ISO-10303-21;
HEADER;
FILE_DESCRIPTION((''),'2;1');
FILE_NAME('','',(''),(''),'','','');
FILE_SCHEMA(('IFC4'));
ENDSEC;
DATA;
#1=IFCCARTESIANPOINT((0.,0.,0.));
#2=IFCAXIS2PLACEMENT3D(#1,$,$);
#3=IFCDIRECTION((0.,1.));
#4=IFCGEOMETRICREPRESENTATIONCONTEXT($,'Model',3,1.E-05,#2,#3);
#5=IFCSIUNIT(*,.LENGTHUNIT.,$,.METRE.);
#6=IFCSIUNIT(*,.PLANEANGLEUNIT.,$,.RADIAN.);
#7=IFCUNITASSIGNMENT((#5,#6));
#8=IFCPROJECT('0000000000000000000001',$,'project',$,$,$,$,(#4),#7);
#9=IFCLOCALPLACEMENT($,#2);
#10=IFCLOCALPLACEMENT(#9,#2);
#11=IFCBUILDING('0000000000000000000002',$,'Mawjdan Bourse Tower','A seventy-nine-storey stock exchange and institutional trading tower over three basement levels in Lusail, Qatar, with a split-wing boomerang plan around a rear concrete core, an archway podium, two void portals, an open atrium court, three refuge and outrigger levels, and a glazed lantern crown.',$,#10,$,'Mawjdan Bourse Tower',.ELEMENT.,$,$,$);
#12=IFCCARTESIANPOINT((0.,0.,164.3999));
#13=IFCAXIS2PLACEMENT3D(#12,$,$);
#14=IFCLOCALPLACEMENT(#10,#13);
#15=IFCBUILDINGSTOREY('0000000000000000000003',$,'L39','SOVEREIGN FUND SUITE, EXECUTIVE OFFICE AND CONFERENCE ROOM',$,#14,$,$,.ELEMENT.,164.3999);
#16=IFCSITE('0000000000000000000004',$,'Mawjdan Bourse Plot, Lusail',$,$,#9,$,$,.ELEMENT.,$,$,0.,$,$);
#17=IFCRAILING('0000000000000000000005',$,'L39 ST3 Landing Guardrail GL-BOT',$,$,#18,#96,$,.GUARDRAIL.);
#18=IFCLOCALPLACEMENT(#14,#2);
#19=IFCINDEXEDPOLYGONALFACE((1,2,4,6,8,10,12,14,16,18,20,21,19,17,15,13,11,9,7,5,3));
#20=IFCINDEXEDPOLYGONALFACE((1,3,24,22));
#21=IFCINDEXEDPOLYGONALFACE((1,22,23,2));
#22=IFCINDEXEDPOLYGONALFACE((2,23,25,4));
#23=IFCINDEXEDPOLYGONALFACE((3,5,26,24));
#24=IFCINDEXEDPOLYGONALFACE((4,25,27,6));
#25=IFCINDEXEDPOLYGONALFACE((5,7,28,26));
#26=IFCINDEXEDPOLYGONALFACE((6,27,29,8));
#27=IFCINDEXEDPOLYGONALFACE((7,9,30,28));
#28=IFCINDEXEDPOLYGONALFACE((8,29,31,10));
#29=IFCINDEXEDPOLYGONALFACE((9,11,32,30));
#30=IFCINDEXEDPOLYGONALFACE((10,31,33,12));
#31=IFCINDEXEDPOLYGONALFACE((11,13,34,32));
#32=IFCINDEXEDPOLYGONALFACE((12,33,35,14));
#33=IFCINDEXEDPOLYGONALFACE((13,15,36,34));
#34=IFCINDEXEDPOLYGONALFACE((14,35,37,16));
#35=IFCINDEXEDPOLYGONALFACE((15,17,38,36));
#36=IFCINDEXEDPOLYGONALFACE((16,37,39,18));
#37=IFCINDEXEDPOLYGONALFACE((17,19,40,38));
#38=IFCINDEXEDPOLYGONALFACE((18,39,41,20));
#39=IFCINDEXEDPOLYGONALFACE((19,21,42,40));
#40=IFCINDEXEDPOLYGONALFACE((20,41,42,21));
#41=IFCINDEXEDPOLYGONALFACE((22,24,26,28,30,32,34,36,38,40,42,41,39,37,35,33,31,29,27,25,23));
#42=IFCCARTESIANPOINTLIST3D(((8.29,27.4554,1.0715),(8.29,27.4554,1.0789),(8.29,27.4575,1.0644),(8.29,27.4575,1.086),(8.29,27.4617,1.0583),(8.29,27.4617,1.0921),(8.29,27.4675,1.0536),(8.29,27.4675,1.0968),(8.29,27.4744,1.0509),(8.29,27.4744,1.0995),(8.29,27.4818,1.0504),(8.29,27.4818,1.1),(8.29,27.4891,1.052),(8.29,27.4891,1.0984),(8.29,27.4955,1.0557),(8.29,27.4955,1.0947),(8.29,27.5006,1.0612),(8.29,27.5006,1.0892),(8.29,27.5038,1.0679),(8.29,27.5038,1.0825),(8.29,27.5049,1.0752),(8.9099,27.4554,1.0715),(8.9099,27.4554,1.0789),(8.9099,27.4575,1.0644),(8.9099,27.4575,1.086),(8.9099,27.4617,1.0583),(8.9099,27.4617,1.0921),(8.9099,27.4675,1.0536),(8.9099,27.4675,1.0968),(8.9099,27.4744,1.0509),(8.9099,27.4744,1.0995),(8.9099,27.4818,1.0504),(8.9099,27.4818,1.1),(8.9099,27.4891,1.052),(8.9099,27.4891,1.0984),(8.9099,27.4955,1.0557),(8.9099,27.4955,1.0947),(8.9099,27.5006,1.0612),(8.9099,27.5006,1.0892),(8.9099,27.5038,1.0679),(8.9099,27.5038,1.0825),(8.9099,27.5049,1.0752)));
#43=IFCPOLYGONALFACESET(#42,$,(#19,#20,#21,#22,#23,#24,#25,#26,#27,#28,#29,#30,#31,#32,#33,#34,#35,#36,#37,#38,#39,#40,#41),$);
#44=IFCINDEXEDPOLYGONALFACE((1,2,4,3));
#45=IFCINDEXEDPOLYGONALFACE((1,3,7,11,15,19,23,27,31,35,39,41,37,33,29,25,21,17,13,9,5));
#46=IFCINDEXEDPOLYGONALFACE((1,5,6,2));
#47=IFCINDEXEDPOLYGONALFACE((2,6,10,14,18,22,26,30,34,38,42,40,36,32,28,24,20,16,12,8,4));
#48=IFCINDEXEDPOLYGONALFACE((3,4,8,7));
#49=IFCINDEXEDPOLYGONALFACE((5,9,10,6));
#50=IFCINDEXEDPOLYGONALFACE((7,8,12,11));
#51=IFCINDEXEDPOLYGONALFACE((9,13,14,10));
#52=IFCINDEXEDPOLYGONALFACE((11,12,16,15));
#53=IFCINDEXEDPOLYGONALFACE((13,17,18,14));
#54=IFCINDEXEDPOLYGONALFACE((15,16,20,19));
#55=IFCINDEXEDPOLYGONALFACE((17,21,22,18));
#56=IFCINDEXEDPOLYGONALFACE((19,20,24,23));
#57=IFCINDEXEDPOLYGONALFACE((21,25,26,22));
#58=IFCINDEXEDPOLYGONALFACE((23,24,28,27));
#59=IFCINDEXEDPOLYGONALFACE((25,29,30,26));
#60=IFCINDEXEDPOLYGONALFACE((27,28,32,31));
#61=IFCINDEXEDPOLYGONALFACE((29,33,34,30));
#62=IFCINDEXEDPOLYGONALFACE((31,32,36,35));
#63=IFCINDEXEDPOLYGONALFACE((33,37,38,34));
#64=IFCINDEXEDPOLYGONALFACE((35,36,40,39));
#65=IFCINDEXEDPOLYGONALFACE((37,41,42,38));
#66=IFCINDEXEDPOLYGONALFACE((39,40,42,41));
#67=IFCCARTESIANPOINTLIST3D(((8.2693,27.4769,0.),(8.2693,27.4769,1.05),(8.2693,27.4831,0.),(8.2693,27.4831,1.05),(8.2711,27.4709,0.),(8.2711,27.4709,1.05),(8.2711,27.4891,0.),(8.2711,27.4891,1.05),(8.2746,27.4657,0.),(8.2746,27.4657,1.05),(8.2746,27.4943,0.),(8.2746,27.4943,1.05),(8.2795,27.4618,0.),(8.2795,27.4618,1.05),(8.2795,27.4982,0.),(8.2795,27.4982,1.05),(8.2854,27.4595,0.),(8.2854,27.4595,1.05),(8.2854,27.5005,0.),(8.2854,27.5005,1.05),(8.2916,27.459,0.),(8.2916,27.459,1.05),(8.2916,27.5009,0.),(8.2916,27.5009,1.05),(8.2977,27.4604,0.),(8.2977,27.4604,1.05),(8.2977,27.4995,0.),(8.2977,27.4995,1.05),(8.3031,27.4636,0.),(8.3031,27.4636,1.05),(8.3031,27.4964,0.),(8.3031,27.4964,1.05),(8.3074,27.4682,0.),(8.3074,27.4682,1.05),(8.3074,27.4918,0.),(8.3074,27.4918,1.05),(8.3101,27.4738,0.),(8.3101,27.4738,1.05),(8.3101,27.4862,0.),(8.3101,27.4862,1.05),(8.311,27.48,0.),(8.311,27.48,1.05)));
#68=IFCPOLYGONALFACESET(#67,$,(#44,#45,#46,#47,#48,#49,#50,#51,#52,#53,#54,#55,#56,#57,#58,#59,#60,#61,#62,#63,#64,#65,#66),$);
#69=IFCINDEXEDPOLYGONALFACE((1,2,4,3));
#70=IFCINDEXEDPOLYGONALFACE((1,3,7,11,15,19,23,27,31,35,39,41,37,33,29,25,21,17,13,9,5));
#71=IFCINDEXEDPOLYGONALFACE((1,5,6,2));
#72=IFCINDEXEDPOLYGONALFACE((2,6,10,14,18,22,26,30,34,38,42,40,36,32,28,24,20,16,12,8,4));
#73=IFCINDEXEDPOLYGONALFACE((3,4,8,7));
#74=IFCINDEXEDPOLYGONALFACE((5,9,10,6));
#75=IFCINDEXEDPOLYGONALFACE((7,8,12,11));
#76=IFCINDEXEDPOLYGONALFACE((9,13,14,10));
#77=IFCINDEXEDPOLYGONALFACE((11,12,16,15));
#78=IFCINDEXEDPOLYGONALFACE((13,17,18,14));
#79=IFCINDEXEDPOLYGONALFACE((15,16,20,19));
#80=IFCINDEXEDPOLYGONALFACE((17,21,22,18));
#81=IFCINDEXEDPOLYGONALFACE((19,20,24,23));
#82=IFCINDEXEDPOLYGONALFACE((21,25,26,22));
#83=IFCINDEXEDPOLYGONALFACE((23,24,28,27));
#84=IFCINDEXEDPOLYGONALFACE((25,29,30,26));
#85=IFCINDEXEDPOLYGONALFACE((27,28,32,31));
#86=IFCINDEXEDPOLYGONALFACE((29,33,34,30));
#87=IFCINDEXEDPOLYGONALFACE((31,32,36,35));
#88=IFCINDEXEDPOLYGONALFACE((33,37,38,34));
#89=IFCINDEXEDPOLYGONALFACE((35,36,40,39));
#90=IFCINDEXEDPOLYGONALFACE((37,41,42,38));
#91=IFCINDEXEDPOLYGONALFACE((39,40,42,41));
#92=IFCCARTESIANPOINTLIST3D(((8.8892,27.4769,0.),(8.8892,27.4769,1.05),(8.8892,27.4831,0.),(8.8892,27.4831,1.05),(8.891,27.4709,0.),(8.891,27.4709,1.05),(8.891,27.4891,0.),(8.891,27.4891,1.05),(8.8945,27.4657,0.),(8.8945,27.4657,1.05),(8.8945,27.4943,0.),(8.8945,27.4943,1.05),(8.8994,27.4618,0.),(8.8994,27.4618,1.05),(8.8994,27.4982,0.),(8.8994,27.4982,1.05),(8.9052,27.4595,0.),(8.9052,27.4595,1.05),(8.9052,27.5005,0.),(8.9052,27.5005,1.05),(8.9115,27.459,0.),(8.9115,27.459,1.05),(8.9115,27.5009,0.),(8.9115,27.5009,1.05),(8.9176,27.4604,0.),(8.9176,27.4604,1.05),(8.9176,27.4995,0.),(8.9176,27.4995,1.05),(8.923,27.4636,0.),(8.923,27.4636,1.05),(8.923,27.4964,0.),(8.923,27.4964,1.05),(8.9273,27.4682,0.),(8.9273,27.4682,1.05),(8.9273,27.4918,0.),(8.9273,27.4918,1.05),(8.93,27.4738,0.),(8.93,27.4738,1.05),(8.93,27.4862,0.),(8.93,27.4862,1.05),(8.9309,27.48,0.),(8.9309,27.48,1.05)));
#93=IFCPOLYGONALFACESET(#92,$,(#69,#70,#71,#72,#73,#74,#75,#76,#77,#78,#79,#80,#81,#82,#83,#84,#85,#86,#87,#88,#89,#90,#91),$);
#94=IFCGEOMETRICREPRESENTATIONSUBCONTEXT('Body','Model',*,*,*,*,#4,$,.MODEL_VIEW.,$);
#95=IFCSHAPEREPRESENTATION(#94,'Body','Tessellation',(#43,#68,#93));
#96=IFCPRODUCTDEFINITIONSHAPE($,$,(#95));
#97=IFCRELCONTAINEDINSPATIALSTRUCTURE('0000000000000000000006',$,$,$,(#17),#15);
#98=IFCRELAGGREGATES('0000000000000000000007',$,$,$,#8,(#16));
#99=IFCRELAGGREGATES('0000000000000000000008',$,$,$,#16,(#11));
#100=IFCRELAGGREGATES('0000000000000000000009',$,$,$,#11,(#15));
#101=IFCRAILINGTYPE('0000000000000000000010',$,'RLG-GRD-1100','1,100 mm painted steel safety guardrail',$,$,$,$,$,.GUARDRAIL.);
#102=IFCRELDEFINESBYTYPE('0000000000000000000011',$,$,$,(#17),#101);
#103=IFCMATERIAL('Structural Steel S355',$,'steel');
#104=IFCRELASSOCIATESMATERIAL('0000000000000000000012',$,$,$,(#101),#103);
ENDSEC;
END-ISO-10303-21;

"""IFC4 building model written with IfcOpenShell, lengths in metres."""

from ifc_helpers import new_model, si_unit, direction, frame, origin, origin_2d, place, context, subcontext, project, spatial, circle, extrude, material, type_object, element, save


model = new_model("IFC4")

# Units and contexts
model_context = context("Model", 3, precision=1e-05, world=origin(), true_north=direction((0.0, 1.0)))
body_context = subcontext(model_context, "Body", "Model", "MODEL_VIEW")
ifc_project = project(units=[si_unit("LENGTHUNIT", "METRE"), si_unit("PLANEANGLEUNIT", "RADIAN")], contexts=[model_context])

# Site, building, storey
site_placement = place(None, origin())
site = spatial("IfcSite", under=ifc_project, at=site_placement, Name="Mawjdan Bourse Plot, Lusail", CompositionType="ELEMENT", RefElevation=0.0)
building_placement = place(site_placement, origin())
building = spatial("IfcBuilding", under=site, at=building_placement, Name="Mawjdan Bourse Tower", Description="A seventy-nine-storey stock exchange and institutional trading tower over three basement levels in Lusail, Qatar, with a split-wing boomerang plan around a rear concrete core, an archway podium, two void portals, an open atrium court, three refuge and outrigger levels, and a glazed lantern crown.", LongName="Mawjdan Bourse Tower", CompositionType="ELEMENT")
storey_placement = place(building_placement, frame((0.0, 0.0, 164.3999)))
storey = spatial("IfcBuildingStorey", under=building, at=storey_placement, Name="L39", Description="SOVEREIGN FUND SUITE, EXECUTIVE OFFICE AND CONFERENCE ROOM", CompositionType="ELEMENT", Elevation=164.3999)

# Shared definitions
ifc_material_1 = material(Name="Structural Steel S355", Category="steel")

# Railing
railing_type_1 = type_object("IfcRailingType", Name="RLG-GRD-1100", Description="1,100 mm painted steel safety guardrail", PredefinedType="GUARDRAIL", material=ifc_material_1)
for number, where, name in (
    (1, (8.29, 27.48, 0.0), "L39 ST3 Landing Guardrail GL-BOT"),
):
    element("IfcRailing", number, at=place(storey_placement, frame(where)), inside=storey, type_object=railing_type_1, Name=name, PredefinedType="GUARDRAIL", context=body_context, shape_type="SweptSolid", body=[
        extrude(circle(Radius=0.0249, at=origin_2d()), frame((0.0, 0.0, 1.0752), z_axis=(1.0, 0.0, 0.0), x_axis=(0.0, 1.0, 0.0)), (0.0, 0.0, 1.0), 0.6199),
        extrude(circle(Radius=0.021, at=origin_2d()), origin(), (0.0, 0.0, 1.0), 1.05),
        extrude(circle(Radius=0.021, at=origin_2d()), frame((0.6199, 0.0, 0.0)), (0.0, 0.0, 1.0), 1.05),
    ])

save(model, "model.ifc")
